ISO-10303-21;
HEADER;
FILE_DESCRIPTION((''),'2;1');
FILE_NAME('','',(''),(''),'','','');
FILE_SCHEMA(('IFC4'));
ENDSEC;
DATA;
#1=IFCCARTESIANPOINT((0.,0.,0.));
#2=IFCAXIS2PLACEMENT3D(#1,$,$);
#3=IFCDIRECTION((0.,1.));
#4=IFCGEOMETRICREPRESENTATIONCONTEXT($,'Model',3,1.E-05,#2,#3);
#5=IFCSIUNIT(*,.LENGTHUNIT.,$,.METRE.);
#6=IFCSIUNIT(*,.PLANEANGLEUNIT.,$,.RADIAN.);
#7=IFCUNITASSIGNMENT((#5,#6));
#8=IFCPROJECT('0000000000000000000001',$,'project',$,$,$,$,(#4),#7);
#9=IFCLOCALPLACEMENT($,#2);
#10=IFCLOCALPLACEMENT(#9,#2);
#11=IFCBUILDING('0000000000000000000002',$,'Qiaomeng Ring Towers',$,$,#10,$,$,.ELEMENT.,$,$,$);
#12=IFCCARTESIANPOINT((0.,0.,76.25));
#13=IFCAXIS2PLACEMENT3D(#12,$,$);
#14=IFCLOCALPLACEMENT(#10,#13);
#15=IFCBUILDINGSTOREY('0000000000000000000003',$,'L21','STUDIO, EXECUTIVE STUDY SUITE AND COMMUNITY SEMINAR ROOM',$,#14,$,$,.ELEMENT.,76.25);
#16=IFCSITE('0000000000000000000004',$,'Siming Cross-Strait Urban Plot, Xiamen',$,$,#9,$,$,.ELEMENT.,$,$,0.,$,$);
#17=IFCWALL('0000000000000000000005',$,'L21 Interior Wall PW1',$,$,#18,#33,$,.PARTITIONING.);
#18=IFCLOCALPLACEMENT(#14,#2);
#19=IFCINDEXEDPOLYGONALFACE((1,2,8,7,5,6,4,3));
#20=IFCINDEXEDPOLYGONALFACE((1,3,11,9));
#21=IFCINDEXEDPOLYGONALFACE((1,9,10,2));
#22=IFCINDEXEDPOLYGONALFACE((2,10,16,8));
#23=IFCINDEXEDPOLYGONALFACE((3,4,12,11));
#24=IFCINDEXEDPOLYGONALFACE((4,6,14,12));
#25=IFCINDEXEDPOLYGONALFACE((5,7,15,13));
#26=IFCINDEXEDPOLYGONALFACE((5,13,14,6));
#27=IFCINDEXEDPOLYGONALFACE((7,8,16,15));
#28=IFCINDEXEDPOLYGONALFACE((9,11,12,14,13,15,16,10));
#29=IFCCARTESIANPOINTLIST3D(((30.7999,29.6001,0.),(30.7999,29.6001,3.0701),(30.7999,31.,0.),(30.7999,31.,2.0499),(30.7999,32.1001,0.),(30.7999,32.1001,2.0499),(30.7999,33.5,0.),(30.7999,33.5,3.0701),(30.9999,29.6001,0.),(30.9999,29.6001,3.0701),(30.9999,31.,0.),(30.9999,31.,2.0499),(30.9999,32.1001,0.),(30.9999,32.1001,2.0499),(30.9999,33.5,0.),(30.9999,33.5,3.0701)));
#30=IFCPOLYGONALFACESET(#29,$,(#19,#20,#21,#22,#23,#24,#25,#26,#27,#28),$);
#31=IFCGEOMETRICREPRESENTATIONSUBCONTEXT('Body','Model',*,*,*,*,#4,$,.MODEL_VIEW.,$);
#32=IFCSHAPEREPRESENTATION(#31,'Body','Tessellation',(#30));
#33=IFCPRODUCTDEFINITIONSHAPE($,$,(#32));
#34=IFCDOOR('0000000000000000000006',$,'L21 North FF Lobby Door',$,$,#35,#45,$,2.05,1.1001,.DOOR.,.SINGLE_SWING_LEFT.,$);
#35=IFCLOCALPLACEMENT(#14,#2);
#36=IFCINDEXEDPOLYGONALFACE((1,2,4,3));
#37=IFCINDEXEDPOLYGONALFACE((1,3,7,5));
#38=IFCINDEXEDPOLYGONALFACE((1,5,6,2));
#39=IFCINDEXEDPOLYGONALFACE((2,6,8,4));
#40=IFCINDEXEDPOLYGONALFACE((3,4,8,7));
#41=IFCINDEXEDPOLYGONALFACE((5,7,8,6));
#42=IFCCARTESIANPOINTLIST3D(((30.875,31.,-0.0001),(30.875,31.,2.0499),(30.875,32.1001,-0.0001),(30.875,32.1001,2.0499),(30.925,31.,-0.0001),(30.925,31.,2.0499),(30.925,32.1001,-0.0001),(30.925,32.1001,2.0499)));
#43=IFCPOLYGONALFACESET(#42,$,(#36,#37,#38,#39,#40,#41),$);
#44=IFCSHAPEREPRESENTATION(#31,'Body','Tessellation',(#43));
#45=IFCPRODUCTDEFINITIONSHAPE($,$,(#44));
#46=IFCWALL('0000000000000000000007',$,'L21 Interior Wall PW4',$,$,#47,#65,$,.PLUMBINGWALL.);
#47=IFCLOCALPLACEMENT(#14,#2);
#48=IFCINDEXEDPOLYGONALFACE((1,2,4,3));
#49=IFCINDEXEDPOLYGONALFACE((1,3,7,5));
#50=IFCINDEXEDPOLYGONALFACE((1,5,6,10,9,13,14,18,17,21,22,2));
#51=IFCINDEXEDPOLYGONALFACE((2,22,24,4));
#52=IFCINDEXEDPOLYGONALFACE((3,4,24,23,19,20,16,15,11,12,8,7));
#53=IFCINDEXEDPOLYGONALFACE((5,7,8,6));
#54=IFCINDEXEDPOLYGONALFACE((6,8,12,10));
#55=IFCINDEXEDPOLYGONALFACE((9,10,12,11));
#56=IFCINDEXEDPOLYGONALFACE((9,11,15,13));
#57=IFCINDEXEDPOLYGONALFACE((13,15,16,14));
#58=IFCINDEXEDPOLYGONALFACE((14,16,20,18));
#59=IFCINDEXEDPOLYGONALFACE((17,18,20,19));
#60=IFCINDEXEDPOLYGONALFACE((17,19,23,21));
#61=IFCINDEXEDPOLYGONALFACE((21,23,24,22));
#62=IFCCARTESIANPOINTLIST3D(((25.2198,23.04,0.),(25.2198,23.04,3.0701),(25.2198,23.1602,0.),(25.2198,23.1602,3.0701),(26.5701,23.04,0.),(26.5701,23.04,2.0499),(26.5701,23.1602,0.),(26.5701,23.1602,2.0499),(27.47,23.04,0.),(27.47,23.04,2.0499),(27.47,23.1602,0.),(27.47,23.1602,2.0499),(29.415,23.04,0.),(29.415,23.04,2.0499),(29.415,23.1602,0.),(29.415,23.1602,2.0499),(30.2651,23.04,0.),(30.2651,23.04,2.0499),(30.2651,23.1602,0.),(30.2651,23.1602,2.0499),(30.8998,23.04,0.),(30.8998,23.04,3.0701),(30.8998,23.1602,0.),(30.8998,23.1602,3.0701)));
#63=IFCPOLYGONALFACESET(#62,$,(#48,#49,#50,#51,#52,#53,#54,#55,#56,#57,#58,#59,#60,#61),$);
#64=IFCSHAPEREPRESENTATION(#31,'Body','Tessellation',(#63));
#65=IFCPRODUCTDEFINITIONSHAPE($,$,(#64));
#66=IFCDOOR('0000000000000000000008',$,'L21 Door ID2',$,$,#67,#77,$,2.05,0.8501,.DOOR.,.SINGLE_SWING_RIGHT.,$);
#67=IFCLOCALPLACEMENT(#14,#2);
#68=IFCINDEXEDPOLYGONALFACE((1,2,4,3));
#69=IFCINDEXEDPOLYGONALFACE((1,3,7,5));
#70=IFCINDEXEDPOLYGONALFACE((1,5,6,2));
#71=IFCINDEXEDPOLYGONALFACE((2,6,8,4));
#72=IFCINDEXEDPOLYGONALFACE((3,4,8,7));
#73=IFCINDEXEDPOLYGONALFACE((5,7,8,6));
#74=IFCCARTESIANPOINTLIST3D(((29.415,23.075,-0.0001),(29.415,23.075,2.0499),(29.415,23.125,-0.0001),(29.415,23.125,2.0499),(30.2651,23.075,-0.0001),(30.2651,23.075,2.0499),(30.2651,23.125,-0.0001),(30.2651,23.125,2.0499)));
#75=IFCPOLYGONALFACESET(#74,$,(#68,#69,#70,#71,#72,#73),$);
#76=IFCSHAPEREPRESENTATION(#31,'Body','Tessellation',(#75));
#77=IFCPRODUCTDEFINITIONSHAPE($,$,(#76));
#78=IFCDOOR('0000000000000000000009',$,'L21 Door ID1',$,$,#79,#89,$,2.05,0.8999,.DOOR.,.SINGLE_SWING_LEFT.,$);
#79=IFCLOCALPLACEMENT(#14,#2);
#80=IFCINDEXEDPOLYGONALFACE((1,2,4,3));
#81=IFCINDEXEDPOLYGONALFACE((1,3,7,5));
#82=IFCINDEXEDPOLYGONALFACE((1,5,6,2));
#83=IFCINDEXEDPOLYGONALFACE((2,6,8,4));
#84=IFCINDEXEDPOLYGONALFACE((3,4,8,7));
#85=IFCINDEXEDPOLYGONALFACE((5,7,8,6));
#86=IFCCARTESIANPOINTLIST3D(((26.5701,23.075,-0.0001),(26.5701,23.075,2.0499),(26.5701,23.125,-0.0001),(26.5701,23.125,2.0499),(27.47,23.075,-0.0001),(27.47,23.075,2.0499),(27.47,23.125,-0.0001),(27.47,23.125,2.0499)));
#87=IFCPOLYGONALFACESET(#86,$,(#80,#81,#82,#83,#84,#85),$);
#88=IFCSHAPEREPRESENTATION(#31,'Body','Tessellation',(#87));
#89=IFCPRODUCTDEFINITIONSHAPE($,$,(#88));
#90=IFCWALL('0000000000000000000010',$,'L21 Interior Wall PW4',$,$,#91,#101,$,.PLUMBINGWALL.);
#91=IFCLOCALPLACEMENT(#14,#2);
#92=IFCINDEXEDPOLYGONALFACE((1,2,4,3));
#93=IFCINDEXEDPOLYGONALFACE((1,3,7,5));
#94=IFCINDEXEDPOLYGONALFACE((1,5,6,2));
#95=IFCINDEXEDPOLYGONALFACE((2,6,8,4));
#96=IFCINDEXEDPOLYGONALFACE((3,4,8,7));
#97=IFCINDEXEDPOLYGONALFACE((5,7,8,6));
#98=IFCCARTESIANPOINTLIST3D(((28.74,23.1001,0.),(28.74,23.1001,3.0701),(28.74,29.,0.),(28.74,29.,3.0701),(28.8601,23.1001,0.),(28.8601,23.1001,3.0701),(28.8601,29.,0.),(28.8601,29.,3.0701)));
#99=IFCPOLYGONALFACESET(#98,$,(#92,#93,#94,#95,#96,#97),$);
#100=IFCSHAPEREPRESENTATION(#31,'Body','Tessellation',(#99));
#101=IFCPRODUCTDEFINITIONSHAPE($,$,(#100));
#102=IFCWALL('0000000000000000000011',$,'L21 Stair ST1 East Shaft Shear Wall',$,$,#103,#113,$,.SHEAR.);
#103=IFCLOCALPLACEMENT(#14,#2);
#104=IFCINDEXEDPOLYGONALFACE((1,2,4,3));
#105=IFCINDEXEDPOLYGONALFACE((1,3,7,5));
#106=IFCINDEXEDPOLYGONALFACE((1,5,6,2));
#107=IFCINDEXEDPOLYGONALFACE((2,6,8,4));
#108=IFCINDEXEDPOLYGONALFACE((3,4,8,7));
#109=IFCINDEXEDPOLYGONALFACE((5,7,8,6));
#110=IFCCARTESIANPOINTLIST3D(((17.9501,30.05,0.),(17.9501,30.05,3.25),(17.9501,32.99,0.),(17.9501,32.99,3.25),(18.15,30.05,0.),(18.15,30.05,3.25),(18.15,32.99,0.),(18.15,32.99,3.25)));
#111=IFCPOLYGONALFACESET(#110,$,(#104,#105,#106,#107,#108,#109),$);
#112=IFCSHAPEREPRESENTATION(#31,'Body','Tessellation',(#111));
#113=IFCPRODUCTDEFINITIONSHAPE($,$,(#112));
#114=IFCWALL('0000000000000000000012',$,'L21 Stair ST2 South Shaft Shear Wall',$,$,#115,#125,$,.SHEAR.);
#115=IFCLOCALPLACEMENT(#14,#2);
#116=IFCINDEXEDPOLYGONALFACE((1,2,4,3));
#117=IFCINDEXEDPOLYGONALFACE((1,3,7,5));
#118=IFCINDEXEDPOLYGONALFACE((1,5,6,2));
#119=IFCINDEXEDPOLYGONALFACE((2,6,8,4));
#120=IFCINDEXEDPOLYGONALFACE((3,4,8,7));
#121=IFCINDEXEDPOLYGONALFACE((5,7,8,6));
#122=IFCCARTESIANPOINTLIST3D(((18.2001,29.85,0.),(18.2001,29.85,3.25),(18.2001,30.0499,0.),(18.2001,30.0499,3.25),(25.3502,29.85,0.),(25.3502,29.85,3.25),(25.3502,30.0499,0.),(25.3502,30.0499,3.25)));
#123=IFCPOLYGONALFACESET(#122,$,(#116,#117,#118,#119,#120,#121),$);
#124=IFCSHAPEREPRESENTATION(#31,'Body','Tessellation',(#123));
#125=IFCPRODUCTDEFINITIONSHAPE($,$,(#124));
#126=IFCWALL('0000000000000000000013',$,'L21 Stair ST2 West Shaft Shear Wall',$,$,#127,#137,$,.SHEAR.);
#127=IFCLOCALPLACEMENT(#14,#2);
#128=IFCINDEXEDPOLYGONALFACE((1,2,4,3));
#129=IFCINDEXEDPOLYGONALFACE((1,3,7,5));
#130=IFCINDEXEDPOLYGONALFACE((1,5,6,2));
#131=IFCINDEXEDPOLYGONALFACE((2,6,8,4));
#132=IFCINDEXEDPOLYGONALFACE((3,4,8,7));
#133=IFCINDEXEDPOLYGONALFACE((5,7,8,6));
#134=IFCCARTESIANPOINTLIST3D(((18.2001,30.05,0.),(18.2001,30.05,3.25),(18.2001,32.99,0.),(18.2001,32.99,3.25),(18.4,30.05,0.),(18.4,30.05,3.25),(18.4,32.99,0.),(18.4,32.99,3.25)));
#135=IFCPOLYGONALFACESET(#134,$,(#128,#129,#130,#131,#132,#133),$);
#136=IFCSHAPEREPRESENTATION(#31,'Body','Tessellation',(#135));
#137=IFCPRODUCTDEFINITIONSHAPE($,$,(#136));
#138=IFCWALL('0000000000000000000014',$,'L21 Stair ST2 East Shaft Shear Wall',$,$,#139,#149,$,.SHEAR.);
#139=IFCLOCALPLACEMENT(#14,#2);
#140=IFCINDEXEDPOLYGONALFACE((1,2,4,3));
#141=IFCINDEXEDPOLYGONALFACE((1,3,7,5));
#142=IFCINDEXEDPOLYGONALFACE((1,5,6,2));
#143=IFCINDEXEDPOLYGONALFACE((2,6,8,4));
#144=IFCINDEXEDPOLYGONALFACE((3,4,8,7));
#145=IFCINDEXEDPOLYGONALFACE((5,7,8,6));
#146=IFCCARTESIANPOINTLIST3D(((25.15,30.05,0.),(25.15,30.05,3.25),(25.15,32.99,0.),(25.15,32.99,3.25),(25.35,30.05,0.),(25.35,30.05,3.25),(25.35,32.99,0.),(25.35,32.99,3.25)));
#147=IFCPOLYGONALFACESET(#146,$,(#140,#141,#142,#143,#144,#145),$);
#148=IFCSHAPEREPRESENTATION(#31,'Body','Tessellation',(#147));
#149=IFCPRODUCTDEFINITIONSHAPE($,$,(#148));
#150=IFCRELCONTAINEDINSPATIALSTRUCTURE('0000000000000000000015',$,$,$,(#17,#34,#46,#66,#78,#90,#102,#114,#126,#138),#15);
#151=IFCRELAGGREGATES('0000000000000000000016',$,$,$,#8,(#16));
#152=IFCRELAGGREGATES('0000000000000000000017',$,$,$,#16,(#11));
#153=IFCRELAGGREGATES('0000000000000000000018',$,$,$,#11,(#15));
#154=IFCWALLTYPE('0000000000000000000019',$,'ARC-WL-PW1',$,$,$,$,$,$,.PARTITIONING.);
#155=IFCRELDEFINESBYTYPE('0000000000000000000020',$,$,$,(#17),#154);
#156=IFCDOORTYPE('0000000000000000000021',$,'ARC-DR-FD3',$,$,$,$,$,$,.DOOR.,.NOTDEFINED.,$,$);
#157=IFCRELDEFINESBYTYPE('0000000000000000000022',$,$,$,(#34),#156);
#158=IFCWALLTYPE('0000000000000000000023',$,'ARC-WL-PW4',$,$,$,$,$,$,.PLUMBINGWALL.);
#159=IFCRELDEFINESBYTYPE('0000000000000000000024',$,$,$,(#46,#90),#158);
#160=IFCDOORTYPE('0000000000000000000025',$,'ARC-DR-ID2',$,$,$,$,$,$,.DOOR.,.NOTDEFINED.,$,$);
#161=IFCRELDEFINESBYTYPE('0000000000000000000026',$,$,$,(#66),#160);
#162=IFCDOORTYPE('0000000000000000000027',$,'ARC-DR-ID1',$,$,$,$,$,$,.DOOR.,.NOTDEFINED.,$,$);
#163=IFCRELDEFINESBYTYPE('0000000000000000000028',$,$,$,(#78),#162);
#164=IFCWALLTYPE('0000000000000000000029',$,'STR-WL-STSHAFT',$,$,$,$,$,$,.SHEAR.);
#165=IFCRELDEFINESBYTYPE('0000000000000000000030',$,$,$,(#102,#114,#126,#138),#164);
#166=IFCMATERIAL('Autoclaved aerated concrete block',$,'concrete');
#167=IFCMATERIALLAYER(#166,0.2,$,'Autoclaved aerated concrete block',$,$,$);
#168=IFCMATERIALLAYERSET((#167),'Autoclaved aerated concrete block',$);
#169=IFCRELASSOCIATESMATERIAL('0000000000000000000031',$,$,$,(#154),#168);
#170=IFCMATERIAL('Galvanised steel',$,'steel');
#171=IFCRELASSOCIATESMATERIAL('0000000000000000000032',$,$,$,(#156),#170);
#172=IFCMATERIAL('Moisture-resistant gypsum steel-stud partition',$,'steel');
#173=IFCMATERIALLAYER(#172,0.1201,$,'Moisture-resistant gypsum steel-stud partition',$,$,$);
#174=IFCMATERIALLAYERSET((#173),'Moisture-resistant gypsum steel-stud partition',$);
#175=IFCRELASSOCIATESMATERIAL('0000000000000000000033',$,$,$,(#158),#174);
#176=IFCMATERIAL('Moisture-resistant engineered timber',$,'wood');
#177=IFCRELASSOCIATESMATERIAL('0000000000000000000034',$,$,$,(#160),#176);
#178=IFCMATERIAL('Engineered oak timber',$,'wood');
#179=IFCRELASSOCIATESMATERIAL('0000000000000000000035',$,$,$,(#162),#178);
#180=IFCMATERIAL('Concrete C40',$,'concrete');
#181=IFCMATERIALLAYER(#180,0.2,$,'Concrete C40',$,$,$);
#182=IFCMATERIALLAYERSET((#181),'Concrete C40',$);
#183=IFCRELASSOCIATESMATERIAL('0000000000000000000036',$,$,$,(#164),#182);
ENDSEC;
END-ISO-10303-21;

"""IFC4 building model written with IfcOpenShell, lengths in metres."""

from ifc_helpers import new_model, si_unit, direction, frame, frame_2d, origin, place, context, subcontext, project, spatial, rectangle, extrude, source, transform, mapped, material, layer, layer_set, type_object, element, fill, save


model = new_model("IFC4")

# Units and contexts
model_context = context("Model", 3, precision=1e-05, world=origin(), true_north=direction((0.0, 1.0)))
body_context = subcontext(model_context, "Body", "Model", "MODEL_VIEW")
ifc_project = project(units=[si_unit("LENGTHUNIT", "METRE"), si_unit("PLANEANGLEUNIT", "RADIAN")], contexts=[model_context])

# Site, building, storey
site_placement = place(None, origin())
site = spatial("IfcSite", under=ifc_project, at=site_placement, Name="Siming Cross-Strait Urban Plot, Xiamen", CompositionType="ELEMENT", RefElevation=0.0)
building_placement = place(site_placement, origin())
building = spatial("IfcBuilding", under=site, at=building_placement, Name="Qiaomeng Ring Towers", CompositionType="ELEMENT")
storey_placement = place(building_placement, frame((0.0, 0.0, 76.25)))
storey = spatial("IfcBuildingStorey", under=building, at=storey_placement, Name="L21", Description="STUDIO, EXECUTIVE STUDY SUITE AND COMMUNITY SEMINAR ROOM", CompositionType="ELEMENT", Elevation=76.25)

# Shared definitions
ifc_material_1 = material(Name="Autoclaved aerated concrete block", Category="concrete")
ifc_layer_1 = layer(ifc_material_1, 0.2, Name="Autoclaved aerated concrete block")
ifc_layer_set_1 = layer_set([ifc_layer_1], Name="Autoclaved aerated concrete block")
wall_type_1 = type_object("IfcWallType", Name="ARC-WL-PW1", PredefinedType="PARTITIONING", material=ifc_layer_set_1)

# Wall, opening, door
wall_1_placement = place(storey_placement, frame((30.8999, 29.6001, 0.0), z_axis=(0.0, 0.0, 1.0), x_axis=(0.0, 1.0, 0.0)))
wall_1 = element("IfcWall", 1, at=wall_1_placement, inside=storey, type_object=wall_type_1, Name="L21 Interior Wall PW1", PredefinedType="PARTITIONING", context=body_context, shape_type="SweptSolid", body=[
    extrude(rectangle(XDim=3.8999, YDim=0.2, at=frame_2d((1.95, 0.0))), origin(), (0.0, 0.0, 1.0), 3.0701),
])
opening_1_placement = place(wall_1_placement, frame((1.3999, 0.0, 0.0)))
opening_1 = element("IfcOpeningElement", 2, at=opening_1_placement, cuts=wall_1, PredefinedType="OPENING", context=body_context, shape_type="SweptSolid", body=[
    extrude(rectangle(XDim=1.1001, YDim=2.05, at=frame_2d((0.55, 1.0249))), frame((0.0, 0.1099, 0.0), z_axis=(0.0, -1.0, 0.0), x_axis=(1.0, 0.0, 0.0)), (0.0, 0.0, 1.0), 0.22),
])
ifc_material_2 = material(Name="Galvanised steel", Category="steel")
door_type_1 = type_object("IfcDoorType", Name="ARC-DR-FD3", OperationType="NOTDEFINED", PredefinedType="DOOR", material=ifc_material_2)
shared_shape_1 = source(origin(), body_context, "Body", "SweptSolid", [
    extrude(rectangle(XDim=1.1001, YDim=2.05, at=frame_2d((0.55, 1.0249))), frame((0.0, 0.0249, 0.0), z_axis=(0.0, -1.0, 0.0), x_axis=(1.0, 0.0, 0.0)), (0.0, 0.0, 1.0), 0.05),
])
door_1_placement = place(opening_1_placement, origin())
door_1 = element("IfcDoor", 3, at=door_1_placement, inside=storey, type_object=door_type_1, Name="L21 North FF Lobby Door", OperationType="SINGLE_SWING_LEFT", OverallHeight=2.05, OverallWidth=1.1001, PredefinedType="DOOR", context=body_context, shape_type="MappedRepresentation", body=[
    mapped(shared_shape_1, transform((0.0, 0.0, 0.0), x_axis=(1.0, 0.0, 0.0), y_axis=(0.0, 1.0, 0.0), z_axis=(0.0, 0.0, 1.0), scale=1.0)),
])
fill(opening_1, door_1)

# Wall, openings, doors
ifc_material_3 = material(Name="Moisture-resistant gypsum steel-stud partition", Category="steel")
ifc_layer_2 = layer(ifc_material_3, 0.1201, Name="Moisture-resistant gypsum steel-stud partition")
ifc_layer_set_2 = layer_set([ifc_layer_2], Name="Moisture-resistant gypsum steel-stud partition")
wall_type_2 = type_object("IfcWallType", Name="ARC-WL-PW4", PredefinedType="PLUMBINGWALL", material=ifc_layer_set_2)
wall_2_placement = place(storey_placement, frame((25.22, 23.1001, 0.0), z_axis=(0.0, 0.0, 1.0), x_axis=(1.0, 0.0, 0.0)))
wall_2 = element("IfcWall", 4, at=wall_2_placement, inside=storey, type_object=wall_type_2, Name="L21 Interior Wall PW4", PredefinedType="PLUMBINGWALL", context=body_context, shape_type="SweptSolid", body=[
    extrude(rectangle(XDim=5.6799, YDim=0.1201, at=frame_2d((2.8398, 0.0))), origin(), (0.0, 0.0, 1.0), 3.0701),
])
opening_2_placement = place(wall_2_placement, frame((1.3501, 0.0, 0.0)))
opening_2 = element("IfcOpeningElement", 5, at=opening_2_placement, cuts=wall_2, PredefinedType="OPENING", context=body_context, shape_type="SweptSolid", body=[
    extrude(rectangle(XDim=0.8999, YDim=2.05, at=frame_2d((0.45, 1.0249))), frame((0.0, 0.0701, 0.0), z_axis=(0.0, -1.0, 0.0), x_axis=(1.0, 0.0, 0.0)), (0.0, 0.0, 1.0), 0.1401),
])
opening_3_placement = place(wall_2_placement, frame((4.1951, 0.0, 0.0)))
opening_3 = element("IfcOpeningElement", 6, at=opening_3_placement, cuts=wall_2, PredefinedType="OPENING", context=body_context, shape_type="SweptSolid", body=[
    extrude(rectangle(XDim=0.8501, YDim=2.05, at=frame_2d((0.425, 1.0249))), frame((0.0, 0.0701, 0.0), z_axis=(0.0, -1.0, 0.0), x_axis=(1.0, 0.0, 0.0)), (0.0, 0.0, 1.0), 0.1401),
])
ifc_material_4 = material(Name="Moisture-resistant engineered timber", Category="wood")
door_type_2 = type_object("IfcDoorType", Name="ARC-DR-ID2", OperationType="NOTDEFINED", PredefinedType="DOOR", material=ifc_material_4)
shared_shape_2 = source(origin(), body_context, "Body", "SweptSolid", [
    extrude(rectangle(XDim=0.8501, YDim=2.05, at=frame_2d((0.425, 1.0249))), frame((0.0, 0.0249, 0.0), z_axis=(0.0, -1.0, 0.0), x_axis=(1.0, 0.0, 0.0)), (0.0, 0.0, 1.0), 0.05),
])
door_2_placement = place(opening_3_placement, origin())
door_2 = element("IfcDoor", 7, at=door_2_placement, inside=storey, type_object=door_type_2, Name="L21 Door ID2", OperationType="SINGLE_SWING_RIGHT", OverallHeight=2.05, OverallWidth=0.8501, PredefinedType="DOOR", context=body_context, shape_type="MappedRepresentation", body=[
    mapped(shared_shape_2, transform((0.0, 0.0, 0.0), x_axis=(1.0, 0.0, 0.0), y_axis=(0.0, 1.0, 0.0), z_axis=(0.0, 0.0, 1.0), scale=1.0)),
])
fill(opening_3, door_2)
ifc_material_5 = material(Name="Engineered oak timber", Category="wood")
door_type_3 = type_object("IfcDoorType", Name="ARC-DR-ID1", OperationType="NOTDEFINED", PredefinedType="DOOR", material=ifc_material_5)
shared_shape_3 = source(origin(), body_context, "Body", "SweptSolid", [
    extrude(rectangle(XDim=0.8999, YDim=2.05, at=frame_2d((0.45, 1.0249))), frame((0.0, 0.0249, 0.0), z_axis=(0.0, -1.0, 0.0), x_axis=(1.0, 0.0, 0.0)), (0.0, 0.0, 1.0), 0.05),
])
door_3_placement = place(opening_2_placement, origin())
door_3 = element("IfcDoor", 8, at=door_3_placement, inside=storey, type_object=door_type_3, Name="L21 Door ID1", OperationType="SINGLE_SWING_LEFT", OverallHeight=2.05, OverallWidth=0.8999, PredefinedType="DOOR", context=body_context, shape_type="MappedRepresentation", body=[
    mapped(shared_shape_3, transform((0.0, 0.0, 0.0), x_axis=(1.0, 0.0, 0.0), y_axis=(0.0, 1.0, 0.0), z_axis=(0.0, 0.0, 1.0), scale=1.0)),
])
fill(opening_2, door_3)

# Walls
wall_3_placement = place(storey_placement, frame((28.8, 23.1001, 0.0), z_axis=(0.0, 0.0, 1.0), x_axis=(0.0, 1.0, 0.0)))
element("IfcWall", 9, at=wall_3_placement, inside=storey, type_object=wall_type_2, Name="L21 Interior Wall PW4", PredefinedType="PLUMBINGWALL", context=body_context, shape_type="SweptSolid", body=[
    extrude(rectangle(XDim=5.8999, YDim=0.1201, at=frame_2d((2.95, 0.0))), origin(), (0.0, 0.0, 1.0), 3.0701),
])
ifc_material_6 = material(Name="Concrete C40", Category="concrete")
ifc_layer_3 = layer(ifc_material_6, 0.2, Name="Concrete C40")
ifc_layer_set_3 = layer_set([ifc_layer_3], Name="Concrete C40")
wall_type_3 = type_object("IfcWallType", Name="STR-WL-STSHAFT", PredefinedType="SHEAR", material=ifc_layer_set_3)
wall_4_placement = place(storey_placement, frame((18.05, 30.05, 0.0), z_axis=(0.0, 0.0, 1.0), x_axis=(0.0, 1.0, 0.0)))
element("IfcWall", 10, at=wall_4_placement, inside=storey, type_object=wall_type_3, Name="L21 Stair ST1 East Shaft Shear Wall", PredefinedType="SHEAR", context=body_context, shape_type="SweptSolid", body=[
    extrude(rectangle(XDim=2.9399, YDim=0.2, at=frame_2d((1.47, 0.0))), origin(), (0.0, 0.0, 1.0), 3.25),
])
wall_5_placement = place(storey_placement, frame((18.2, 29.95, 0.0), z_axis=(0.0, 0.0, 1.0), x_axis=(1.0, 0.0, 0.0)))
element("IfcWall", 11, at=wall_5_placement, inside=storey, type_object=wall_type_3, Name="L21 Stair ST2 South Shaft Shear Wall", PredefinedType="SHEAR", context=body_context, shape_type="SweptSolid", body=[
    extrude(rectangle(XDim=7.1501, YDim=0.2, at=frame_2d((3.5752, 0.0))), origin(), (0.0, 0.0, 1.0), 3.25),
])
for number, where, z_axis, x_axis, name in (
    (12, (18.3, 30.05, 0.0), (0.0, 0.0, 1.0), (0.0, 1.0, 0.0), "L21 Stair ST2 West Shaft Shear Wall"),
    (13, (25.25, 30.05, 0.0), (0.0, 0.0, 1.0), (0.0, 1.0, 0.0), "L21 Stair ST2 East Shaft Shear Wall"),
):
    element("IfcWall", number, at=place(storey_placement, frame(where, z_axis=z_axis, x_axis=x_axis)), inside=storey, type_object=wall_type_3, Name=name, PredefinedType="SHEAR", context=body_context, shape_type="SweptSolid", body=[
        extrude(rectangle(XDim=2.9399, YDim=0.2, at=frame_2d((1.47, 0.0))), origin(), (0.0, 0.0, 1.0), 3.25),
    ])

save(model, "model.ifc")
